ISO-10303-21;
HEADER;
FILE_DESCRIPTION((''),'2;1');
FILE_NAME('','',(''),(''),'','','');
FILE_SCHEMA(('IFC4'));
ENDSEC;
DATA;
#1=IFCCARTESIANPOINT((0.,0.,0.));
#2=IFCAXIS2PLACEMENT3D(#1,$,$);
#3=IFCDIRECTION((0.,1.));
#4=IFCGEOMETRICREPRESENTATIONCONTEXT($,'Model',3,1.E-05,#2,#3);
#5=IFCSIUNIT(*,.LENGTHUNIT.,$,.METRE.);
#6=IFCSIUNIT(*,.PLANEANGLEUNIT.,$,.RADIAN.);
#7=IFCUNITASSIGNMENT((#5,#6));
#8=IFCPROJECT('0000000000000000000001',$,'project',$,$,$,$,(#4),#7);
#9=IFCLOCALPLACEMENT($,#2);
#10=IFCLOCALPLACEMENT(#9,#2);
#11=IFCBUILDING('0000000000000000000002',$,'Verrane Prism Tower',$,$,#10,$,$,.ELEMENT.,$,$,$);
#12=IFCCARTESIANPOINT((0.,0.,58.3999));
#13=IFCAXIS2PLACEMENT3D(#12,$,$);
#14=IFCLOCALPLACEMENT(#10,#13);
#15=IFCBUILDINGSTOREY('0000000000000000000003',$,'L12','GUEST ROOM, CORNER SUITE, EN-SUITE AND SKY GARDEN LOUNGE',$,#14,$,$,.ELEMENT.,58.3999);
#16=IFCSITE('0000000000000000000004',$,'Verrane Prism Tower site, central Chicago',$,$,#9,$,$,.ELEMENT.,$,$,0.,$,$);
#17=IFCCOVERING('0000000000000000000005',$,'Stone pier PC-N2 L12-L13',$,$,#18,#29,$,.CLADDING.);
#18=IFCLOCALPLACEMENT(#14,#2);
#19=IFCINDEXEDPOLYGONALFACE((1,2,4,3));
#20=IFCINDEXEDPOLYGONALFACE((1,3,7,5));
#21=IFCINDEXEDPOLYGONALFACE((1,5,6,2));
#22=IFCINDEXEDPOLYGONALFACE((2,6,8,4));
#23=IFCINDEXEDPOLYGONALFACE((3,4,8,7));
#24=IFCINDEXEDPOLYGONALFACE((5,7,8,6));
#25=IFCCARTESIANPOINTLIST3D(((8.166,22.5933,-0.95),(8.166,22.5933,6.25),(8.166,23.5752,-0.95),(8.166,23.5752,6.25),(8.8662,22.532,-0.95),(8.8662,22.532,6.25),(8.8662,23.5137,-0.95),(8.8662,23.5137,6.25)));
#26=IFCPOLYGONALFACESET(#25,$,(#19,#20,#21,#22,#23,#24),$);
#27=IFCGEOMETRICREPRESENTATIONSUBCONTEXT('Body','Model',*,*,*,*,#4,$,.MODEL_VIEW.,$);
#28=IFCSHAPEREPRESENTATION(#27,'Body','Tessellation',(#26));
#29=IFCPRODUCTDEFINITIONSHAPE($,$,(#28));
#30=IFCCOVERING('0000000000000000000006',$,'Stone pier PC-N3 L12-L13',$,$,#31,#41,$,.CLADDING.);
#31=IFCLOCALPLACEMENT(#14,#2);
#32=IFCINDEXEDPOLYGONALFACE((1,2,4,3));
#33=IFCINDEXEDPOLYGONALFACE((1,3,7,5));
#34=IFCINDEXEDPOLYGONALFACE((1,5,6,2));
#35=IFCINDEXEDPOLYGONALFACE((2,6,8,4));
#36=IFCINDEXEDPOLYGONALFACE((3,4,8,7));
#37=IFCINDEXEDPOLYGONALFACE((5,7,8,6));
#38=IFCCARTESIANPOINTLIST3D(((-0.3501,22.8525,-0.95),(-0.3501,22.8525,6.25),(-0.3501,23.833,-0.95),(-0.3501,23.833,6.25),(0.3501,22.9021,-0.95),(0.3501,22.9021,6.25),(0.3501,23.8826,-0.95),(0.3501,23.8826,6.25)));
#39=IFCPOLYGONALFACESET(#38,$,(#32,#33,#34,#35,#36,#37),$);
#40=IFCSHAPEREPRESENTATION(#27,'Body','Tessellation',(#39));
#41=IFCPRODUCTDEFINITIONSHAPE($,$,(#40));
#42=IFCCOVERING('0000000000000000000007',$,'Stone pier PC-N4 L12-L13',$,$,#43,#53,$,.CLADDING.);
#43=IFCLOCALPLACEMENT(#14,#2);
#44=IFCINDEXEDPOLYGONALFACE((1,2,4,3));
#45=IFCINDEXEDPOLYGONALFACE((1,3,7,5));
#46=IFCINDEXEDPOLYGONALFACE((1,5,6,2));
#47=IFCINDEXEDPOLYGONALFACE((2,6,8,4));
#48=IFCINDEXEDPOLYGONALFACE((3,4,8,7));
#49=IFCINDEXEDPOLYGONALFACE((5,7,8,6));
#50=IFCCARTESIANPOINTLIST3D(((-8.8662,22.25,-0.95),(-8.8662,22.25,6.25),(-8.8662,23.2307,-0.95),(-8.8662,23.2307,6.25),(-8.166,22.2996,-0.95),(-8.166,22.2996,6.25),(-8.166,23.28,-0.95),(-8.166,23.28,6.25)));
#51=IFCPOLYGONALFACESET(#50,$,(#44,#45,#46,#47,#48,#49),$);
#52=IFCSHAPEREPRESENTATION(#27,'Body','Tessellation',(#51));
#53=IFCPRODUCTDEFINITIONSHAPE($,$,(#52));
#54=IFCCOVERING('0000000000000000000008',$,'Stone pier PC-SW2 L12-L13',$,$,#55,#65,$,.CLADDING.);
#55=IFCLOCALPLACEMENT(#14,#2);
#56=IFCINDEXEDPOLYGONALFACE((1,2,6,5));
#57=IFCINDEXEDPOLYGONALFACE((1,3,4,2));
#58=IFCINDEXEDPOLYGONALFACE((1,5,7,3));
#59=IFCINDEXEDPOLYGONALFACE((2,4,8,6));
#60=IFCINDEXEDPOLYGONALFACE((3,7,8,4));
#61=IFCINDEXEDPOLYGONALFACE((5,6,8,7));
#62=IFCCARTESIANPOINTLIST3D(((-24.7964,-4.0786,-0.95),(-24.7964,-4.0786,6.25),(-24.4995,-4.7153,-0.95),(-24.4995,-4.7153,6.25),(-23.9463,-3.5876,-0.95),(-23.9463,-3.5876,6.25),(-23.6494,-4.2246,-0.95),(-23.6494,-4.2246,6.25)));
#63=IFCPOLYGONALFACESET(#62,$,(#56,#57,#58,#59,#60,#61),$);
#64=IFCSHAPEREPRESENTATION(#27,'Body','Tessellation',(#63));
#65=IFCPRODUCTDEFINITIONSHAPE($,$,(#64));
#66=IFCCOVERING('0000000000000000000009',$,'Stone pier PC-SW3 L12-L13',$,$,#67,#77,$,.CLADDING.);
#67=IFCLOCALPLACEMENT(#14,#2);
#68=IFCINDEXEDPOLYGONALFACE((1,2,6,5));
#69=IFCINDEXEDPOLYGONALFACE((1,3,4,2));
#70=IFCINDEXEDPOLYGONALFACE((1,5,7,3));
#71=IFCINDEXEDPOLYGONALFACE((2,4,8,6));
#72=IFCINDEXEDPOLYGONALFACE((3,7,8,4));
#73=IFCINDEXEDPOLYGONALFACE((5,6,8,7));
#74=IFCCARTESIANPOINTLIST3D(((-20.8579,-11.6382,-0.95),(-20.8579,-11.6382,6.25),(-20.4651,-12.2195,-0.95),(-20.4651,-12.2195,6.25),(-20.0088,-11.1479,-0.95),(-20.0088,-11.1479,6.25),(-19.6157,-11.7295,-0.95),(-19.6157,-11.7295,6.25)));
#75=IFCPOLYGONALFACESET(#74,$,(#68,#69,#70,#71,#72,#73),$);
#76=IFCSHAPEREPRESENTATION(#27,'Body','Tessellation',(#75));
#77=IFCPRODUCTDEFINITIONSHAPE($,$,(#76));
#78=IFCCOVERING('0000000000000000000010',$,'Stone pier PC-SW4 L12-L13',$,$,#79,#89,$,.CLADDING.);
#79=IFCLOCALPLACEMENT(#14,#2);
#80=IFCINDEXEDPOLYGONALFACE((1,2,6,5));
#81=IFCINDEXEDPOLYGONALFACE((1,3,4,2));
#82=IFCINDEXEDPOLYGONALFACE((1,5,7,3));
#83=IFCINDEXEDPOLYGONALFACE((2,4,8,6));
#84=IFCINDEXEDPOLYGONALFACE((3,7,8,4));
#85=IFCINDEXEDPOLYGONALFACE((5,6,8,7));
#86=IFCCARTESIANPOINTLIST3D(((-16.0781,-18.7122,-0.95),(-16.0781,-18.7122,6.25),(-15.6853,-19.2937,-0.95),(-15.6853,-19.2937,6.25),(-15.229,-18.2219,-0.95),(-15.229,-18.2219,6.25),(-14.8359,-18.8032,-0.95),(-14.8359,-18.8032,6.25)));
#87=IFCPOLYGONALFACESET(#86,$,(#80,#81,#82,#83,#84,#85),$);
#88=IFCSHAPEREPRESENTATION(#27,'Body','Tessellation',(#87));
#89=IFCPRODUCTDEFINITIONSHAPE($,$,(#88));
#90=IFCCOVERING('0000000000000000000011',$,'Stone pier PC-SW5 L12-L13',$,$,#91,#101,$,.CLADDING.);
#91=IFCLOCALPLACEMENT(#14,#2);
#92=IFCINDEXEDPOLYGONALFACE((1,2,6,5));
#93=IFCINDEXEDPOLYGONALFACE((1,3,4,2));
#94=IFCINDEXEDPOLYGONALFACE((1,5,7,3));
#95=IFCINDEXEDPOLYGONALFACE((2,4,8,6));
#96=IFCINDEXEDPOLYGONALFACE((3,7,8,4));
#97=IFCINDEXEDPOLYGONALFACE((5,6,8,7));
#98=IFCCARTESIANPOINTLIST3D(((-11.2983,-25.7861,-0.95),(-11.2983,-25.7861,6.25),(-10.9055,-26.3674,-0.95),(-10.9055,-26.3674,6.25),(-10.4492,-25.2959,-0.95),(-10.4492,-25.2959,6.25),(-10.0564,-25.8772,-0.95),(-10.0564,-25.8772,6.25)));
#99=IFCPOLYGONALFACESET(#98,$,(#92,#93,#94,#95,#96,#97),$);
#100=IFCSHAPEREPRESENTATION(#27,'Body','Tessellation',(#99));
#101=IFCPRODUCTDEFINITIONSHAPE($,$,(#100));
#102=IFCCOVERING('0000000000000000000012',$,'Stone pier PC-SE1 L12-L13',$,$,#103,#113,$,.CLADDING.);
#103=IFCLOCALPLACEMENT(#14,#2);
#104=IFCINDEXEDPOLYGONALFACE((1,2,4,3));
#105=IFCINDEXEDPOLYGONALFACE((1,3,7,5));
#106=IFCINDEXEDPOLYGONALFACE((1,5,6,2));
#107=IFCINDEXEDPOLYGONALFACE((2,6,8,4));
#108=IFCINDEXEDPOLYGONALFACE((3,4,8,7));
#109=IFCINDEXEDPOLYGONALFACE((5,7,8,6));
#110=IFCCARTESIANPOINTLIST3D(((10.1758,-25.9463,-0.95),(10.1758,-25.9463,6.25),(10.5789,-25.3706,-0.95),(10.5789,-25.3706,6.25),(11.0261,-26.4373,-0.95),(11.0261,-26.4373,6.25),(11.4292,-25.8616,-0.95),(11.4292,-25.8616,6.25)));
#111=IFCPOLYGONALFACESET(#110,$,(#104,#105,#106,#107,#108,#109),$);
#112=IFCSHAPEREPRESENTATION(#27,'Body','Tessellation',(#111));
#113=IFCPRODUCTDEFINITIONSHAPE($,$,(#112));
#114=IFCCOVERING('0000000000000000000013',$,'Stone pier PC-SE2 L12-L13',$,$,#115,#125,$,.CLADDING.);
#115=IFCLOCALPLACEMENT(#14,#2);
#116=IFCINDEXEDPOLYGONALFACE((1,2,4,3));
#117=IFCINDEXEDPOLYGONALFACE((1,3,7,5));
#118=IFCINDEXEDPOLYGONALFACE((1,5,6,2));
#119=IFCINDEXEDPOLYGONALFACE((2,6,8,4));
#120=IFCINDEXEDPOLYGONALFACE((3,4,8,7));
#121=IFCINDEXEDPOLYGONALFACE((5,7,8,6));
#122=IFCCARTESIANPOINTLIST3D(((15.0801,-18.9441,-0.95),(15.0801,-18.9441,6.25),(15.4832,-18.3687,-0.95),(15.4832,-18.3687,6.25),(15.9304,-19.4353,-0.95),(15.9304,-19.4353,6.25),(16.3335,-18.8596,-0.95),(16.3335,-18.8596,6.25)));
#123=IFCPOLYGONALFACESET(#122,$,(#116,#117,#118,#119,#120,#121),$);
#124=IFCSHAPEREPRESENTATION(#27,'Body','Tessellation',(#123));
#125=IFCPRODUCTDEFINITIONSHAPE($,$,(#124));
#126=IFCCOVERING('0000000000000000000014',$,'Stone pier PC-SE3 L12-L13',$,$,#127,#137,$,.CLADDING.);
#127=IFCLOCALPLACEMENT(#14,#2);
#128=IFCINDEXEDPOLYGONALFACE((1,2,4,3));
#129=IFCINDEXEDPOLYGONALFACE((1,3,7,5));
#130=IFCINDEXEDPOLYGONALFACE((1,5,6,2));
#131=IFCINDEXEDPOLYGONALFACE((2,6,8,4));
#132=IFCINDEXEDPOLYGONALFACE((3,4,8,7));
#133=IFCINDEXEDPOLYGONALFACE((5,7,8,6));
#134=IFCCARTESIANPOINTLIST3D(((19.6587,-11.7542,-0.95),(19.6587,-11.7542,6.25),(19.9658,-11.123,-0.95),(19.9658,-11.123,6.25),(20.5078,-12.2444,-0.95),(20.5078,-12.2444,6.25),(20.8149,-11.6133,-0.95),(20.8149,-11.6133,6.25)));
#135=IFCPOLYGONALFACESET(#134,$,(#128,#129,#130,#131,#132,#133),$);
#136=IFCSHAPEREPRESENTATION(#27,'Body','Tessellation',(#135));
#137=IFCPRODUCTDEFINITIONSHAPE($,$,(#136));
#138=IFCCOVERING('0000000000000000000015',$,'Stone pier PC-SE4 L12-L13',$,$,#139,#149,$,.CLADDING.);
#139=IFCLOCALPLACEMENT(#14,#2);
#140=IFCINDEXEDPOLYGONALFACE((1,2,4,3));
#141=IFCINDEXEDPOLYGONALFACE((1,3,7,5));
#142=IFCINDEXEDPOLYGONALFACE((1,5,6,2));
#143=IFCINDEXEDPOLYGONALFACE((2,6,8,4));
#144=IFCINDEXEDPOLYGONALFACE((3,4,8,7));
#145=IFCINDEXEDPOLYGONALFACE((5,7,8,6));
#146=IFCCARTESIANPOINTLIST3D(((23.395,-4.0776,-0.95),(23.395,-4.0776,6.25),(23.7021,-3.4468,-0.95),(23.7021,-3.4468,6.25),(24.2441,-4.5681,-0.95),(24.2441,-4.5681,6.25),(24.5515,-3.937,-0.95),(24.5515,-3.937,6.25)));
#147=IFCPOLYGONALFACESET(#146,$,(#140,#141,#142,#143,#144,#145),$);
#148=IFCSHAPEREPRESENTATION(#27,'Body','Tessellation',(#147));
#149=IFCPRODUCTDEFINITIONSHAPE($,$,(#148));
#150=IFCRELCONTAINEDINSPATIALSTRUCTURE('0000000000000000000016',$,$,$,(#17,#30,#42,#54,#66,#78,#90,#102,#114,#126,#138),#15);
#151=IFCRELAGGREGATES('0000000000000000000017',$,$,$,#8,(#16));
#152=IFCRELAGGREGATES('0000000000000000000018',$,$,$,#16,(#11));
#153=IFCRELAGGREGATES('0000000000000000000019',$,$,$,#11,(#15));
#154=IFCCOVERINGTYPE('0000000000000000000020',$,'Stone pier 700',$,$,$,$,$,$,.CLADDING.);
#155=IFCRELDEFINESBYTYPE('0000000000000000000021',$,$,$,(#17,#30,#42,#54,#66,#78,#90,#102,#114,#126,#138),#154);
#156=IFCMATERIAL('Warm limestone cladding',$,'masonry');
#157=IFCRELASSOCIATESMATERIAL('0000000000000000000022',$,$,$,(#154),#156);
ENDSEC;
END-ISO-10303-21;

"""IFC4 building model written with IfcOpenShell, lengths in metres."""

from ifc_helpers import new_model, si_unit, direction, frame, origin, place, context, subcontext, project, spatial, polyline, outline, extrude, material, type_object, element, save


model = new_model("IFC4")

# Units and contexts
model_context = context("Model", 3, precision=1e-05, world=origin(), true_north=direction((0.0, 1.0)))
body_context = subcontext(model_context, "Body", "Model", "MODEL_VIEW")
ifc_project = project(units=[si_unit("LENGTHUNIT", "METRE"), si_unit("PLANEANGLEUNIT", "RADIAN")], contexts=[model_context])

# Site, building, storey
site_placement = place(None, origin())
site = spatial("IfcSite", under=ifc_project, at=site_placement, Name="Verrane Prism Tower site, central Chicago", CompositionType="ELEMENT", RefElevation=0.0)
building_placement = place(site_placement, origin())
building = spatial("IfcBuilding", under=site, at=building_placement, Name="Verrane Prism Tower", CompositionType="ELEMENT")
storey_placement = place(building_placement, frame((0.0, 0.0, 58.3999)))
storey = spatial("IfcBuildingStorey", under=building, at=storey_placement, Name="L12", Description="GUEST ROOM, CORNER SUITE, EN-SUITE AND SKY GARDEN LOUNGE", CompositionType="ELEMENT", Elevation=58.3999)

# Coverings
ifc_material_1 = material(Name="Warm limestone cladding", Category="masonry")
covering_type_1 = type_object("IfcCoveringType", Name="Stone pier 700", PredefinedType="CLADDING", material=ifc_material_1)
covering_1_placement = place(storey_placement, frame((0.0, 0.0, -0.95)))
element("IfcCovering", 1, at=covering_1_placement, inside=storey, type_object=covering_type_1, Name="Stone pier PC-N2 L12-L13", PredefinedType="CLADDING", context=body_context, shape_type="SweptSolid", body=[
    extrude(outline(polyline([(8.166, 23.5752), (8.166, 22.5933), (8.8662, 22.532), (8.8662, 23.5137), (8.166, 23.5752)])), origin(), (0.0, 0.0, 1.0), 7.2),
])
covering_2_placement = place(storey_placement, frame((0.0, 0.0, -0.95)))
element("IfcCovering", 2, at=covering_2_placement, inside=storey, type_object=covering_type_1, Name="Stone pier PC-N3 L12-L13", PredefinedType="CLADDING", context=body_context, shape_type="SweptSolid", body=[
    extrude(outline(polyline([(-0.3501, 23.833), (-0.3501, 22.8525), (0.3501, 22.9021), (0.3501, 23.8826), (-0.3501, 23.833)])), origin(), (0.0, 0.0, 1.0), 7.2),
])
covering_3_placement = place(storey_placement, frame((0.0, 0.0, -0.95)))
element("IfcCovering", 3, at=covering_3_placement, inside=storey, type_object=covering_type_1, Name="Stone pier PC-N4 L12-L13", PredefinedType="CLADDING", context=body_context, shape_type="SweptSolid", body=[
    extrude(outline(polyline([(-8.8662, 23.2307), (-8.8662, 22.25), (-8.166, 22.2996), (-8.166, 23.28), (-8.8662, 23.2307)])), origin(), (0.0, 0.0, 1.0), 7.2),
])
covering_4_placement = place(storey_placement, frame((0.0, 0.0, -0.95)))
element("IfcCovering", 4, at=covering_4_placement, inside=storey, type_object=covering_type_1, Name="Stone pier PC-SW2 L12-L13", PredefinedType="CLADDING", context=body_context, shape_type="SweptSolid", body=[
    extrude(outline(polyline([(-24.4995, -4.7153), (-23.6494, -4.2246), (-23.9463, -3.5876), (-24.7964, -4.0786), (-24.4995, -4.7153)])), origin(), (0.0, 0.0, 1.0), 7.2),
])
covering_5_placement = place(storey_placement, frame((0.0, 0.0, -0.95)))
element("IfcCovering", 5, at=covering_5_placement, inside=storey, type_object=covering_type_1, Name="Stone pier PC-SW3 L12-L13", PredefinedType="CLADDING", context=body_context, shape_type="SweptSolid", body=[
    extrude(outline(polyline([(-20.4651, -12.2195), (-19.6157, -11.7295), (-20.0088, -11.1479), (-20.8579, -11.6382), (-20.4651, -12.2195)])), origin(), (0.0, 0.0, 1.0), 7.2),
])
covering_6_placement = place(storey_placement, frame((0.0, 0.0, -0.95)))
element("IfcCovering", 6, at=covering_6_placement, inside=storey, type_object=covering_type_1, Name="Stone pier PC-SW4 L12-L13", PredefinedType="CLADDING", context=body_context, shape_type="SweptSolid", body=[
    extrude(outline(polyline([(-15.6853, -19.2937), (-14.8359, -18.8032), (-15.229, -18.2219), (-16.0781, -18.7122), (-15.6853, -19.2937)])), origin(), (0.0, 0.0, 1.0), 7.2),
])
covering_7_placement = place(storey_placement, frame((0.0, 0.0, -0.95)))
element("IfcCovering", 7, at=covering_7_placement, inside=storey, type_object=covering_type_1, Name="Stone pier PC-SW5 L12-L13", PredefinedType="CLADDING", context=body_context, shape_type="SweptSolid", body=[
    extrude(outline(polyline([(-10.9055, -26.3674), (-10.0564, -25.8772), (-10.4492, -25.2959), (-11.2983, -25.7861), (-10.9055, -26.3674)])), origin(), (0.0, 0.0, 1.0), 7.2),
])
covering_8_placement = place(storey_placement, frame((0.0, 0.0, -0.95)))
element("IfcCovering", 8, at=covering_8_placement, inside=storey, type_object=covering_type_1, Name="Stone pier PC-SE1 L12-L13", PredefinedType="CLADDING", context=body_context, shape_type="SweptSolid", body=[
    extrude(outline(polyline([(11.4292, -25.8616), (10.5789, -25.3706), (10.1758, -25.9463), (11.0261, -26.4373), (11.4292, -25.8616)])), origin(), (0.0, 0.0, 1.0), 7.2),
])
covering_9_placement = place(storey_placement, frame((0.0, 0.0, -0.95)))
element("IfcCovering", 9, at=covering_9_placement, inside=storey, type_object=covering_type_1, Name="Stone pier PC-SE2 L12-L13", PredefinedType="CLADDING", context=body_context, shape_type="SweptSolid", body=[
    extrude(outline(polyline([(16.3335, -18.8596), (15.4832, -18.3687), (15.0801, -18.9441), (15.9304, -19.4353), (16.3335, -18.8596)])), origin(), (0.0, 0.0, 1.0), 7.2),
])
covering_10_placement = place(storey_placement, frame((0.0, 0.0, -0.95)))
element("IfcCovering", 10, at=covering_10_placement, inside=storey, type_object=covering_type_1, Name="Stone pier PC-SE3 L12-L13", PredefinedType="CLADDING", context=body_context, shape_type="SweptSolid", body=[
    extrude(outline(polyline([(20.8149, -11.6133), (19.9658, -11.123), (19.6587, -11.7542), (20.5078, -12.2444), (20.8149, -11.6133)])), origin(), (0.0, 0.0, 1.0), 7.2),
])
covering_11_placement = place(storey_placement, frame((0.0, 0.0, -0.95)))
element("IfcCovering", 11, at=covering_11_placement, inside=storey, type_object=covering_type_1, Name="Stone pier PC-SE4 L12-L13", PredefinedType="CLADDING", context=body_context, shape_type="SweptSolid", body=[
    extrude(outline(polyline([(24.5515, -3.937), (23.7021, -3.4468), (23.395, -4.0776), (24.2441, -4.5681), (24.5515, -3.937)])), origin(), (0.0, 0.0, 1.0), 7.2),
])

save(model, "model.ifc")
